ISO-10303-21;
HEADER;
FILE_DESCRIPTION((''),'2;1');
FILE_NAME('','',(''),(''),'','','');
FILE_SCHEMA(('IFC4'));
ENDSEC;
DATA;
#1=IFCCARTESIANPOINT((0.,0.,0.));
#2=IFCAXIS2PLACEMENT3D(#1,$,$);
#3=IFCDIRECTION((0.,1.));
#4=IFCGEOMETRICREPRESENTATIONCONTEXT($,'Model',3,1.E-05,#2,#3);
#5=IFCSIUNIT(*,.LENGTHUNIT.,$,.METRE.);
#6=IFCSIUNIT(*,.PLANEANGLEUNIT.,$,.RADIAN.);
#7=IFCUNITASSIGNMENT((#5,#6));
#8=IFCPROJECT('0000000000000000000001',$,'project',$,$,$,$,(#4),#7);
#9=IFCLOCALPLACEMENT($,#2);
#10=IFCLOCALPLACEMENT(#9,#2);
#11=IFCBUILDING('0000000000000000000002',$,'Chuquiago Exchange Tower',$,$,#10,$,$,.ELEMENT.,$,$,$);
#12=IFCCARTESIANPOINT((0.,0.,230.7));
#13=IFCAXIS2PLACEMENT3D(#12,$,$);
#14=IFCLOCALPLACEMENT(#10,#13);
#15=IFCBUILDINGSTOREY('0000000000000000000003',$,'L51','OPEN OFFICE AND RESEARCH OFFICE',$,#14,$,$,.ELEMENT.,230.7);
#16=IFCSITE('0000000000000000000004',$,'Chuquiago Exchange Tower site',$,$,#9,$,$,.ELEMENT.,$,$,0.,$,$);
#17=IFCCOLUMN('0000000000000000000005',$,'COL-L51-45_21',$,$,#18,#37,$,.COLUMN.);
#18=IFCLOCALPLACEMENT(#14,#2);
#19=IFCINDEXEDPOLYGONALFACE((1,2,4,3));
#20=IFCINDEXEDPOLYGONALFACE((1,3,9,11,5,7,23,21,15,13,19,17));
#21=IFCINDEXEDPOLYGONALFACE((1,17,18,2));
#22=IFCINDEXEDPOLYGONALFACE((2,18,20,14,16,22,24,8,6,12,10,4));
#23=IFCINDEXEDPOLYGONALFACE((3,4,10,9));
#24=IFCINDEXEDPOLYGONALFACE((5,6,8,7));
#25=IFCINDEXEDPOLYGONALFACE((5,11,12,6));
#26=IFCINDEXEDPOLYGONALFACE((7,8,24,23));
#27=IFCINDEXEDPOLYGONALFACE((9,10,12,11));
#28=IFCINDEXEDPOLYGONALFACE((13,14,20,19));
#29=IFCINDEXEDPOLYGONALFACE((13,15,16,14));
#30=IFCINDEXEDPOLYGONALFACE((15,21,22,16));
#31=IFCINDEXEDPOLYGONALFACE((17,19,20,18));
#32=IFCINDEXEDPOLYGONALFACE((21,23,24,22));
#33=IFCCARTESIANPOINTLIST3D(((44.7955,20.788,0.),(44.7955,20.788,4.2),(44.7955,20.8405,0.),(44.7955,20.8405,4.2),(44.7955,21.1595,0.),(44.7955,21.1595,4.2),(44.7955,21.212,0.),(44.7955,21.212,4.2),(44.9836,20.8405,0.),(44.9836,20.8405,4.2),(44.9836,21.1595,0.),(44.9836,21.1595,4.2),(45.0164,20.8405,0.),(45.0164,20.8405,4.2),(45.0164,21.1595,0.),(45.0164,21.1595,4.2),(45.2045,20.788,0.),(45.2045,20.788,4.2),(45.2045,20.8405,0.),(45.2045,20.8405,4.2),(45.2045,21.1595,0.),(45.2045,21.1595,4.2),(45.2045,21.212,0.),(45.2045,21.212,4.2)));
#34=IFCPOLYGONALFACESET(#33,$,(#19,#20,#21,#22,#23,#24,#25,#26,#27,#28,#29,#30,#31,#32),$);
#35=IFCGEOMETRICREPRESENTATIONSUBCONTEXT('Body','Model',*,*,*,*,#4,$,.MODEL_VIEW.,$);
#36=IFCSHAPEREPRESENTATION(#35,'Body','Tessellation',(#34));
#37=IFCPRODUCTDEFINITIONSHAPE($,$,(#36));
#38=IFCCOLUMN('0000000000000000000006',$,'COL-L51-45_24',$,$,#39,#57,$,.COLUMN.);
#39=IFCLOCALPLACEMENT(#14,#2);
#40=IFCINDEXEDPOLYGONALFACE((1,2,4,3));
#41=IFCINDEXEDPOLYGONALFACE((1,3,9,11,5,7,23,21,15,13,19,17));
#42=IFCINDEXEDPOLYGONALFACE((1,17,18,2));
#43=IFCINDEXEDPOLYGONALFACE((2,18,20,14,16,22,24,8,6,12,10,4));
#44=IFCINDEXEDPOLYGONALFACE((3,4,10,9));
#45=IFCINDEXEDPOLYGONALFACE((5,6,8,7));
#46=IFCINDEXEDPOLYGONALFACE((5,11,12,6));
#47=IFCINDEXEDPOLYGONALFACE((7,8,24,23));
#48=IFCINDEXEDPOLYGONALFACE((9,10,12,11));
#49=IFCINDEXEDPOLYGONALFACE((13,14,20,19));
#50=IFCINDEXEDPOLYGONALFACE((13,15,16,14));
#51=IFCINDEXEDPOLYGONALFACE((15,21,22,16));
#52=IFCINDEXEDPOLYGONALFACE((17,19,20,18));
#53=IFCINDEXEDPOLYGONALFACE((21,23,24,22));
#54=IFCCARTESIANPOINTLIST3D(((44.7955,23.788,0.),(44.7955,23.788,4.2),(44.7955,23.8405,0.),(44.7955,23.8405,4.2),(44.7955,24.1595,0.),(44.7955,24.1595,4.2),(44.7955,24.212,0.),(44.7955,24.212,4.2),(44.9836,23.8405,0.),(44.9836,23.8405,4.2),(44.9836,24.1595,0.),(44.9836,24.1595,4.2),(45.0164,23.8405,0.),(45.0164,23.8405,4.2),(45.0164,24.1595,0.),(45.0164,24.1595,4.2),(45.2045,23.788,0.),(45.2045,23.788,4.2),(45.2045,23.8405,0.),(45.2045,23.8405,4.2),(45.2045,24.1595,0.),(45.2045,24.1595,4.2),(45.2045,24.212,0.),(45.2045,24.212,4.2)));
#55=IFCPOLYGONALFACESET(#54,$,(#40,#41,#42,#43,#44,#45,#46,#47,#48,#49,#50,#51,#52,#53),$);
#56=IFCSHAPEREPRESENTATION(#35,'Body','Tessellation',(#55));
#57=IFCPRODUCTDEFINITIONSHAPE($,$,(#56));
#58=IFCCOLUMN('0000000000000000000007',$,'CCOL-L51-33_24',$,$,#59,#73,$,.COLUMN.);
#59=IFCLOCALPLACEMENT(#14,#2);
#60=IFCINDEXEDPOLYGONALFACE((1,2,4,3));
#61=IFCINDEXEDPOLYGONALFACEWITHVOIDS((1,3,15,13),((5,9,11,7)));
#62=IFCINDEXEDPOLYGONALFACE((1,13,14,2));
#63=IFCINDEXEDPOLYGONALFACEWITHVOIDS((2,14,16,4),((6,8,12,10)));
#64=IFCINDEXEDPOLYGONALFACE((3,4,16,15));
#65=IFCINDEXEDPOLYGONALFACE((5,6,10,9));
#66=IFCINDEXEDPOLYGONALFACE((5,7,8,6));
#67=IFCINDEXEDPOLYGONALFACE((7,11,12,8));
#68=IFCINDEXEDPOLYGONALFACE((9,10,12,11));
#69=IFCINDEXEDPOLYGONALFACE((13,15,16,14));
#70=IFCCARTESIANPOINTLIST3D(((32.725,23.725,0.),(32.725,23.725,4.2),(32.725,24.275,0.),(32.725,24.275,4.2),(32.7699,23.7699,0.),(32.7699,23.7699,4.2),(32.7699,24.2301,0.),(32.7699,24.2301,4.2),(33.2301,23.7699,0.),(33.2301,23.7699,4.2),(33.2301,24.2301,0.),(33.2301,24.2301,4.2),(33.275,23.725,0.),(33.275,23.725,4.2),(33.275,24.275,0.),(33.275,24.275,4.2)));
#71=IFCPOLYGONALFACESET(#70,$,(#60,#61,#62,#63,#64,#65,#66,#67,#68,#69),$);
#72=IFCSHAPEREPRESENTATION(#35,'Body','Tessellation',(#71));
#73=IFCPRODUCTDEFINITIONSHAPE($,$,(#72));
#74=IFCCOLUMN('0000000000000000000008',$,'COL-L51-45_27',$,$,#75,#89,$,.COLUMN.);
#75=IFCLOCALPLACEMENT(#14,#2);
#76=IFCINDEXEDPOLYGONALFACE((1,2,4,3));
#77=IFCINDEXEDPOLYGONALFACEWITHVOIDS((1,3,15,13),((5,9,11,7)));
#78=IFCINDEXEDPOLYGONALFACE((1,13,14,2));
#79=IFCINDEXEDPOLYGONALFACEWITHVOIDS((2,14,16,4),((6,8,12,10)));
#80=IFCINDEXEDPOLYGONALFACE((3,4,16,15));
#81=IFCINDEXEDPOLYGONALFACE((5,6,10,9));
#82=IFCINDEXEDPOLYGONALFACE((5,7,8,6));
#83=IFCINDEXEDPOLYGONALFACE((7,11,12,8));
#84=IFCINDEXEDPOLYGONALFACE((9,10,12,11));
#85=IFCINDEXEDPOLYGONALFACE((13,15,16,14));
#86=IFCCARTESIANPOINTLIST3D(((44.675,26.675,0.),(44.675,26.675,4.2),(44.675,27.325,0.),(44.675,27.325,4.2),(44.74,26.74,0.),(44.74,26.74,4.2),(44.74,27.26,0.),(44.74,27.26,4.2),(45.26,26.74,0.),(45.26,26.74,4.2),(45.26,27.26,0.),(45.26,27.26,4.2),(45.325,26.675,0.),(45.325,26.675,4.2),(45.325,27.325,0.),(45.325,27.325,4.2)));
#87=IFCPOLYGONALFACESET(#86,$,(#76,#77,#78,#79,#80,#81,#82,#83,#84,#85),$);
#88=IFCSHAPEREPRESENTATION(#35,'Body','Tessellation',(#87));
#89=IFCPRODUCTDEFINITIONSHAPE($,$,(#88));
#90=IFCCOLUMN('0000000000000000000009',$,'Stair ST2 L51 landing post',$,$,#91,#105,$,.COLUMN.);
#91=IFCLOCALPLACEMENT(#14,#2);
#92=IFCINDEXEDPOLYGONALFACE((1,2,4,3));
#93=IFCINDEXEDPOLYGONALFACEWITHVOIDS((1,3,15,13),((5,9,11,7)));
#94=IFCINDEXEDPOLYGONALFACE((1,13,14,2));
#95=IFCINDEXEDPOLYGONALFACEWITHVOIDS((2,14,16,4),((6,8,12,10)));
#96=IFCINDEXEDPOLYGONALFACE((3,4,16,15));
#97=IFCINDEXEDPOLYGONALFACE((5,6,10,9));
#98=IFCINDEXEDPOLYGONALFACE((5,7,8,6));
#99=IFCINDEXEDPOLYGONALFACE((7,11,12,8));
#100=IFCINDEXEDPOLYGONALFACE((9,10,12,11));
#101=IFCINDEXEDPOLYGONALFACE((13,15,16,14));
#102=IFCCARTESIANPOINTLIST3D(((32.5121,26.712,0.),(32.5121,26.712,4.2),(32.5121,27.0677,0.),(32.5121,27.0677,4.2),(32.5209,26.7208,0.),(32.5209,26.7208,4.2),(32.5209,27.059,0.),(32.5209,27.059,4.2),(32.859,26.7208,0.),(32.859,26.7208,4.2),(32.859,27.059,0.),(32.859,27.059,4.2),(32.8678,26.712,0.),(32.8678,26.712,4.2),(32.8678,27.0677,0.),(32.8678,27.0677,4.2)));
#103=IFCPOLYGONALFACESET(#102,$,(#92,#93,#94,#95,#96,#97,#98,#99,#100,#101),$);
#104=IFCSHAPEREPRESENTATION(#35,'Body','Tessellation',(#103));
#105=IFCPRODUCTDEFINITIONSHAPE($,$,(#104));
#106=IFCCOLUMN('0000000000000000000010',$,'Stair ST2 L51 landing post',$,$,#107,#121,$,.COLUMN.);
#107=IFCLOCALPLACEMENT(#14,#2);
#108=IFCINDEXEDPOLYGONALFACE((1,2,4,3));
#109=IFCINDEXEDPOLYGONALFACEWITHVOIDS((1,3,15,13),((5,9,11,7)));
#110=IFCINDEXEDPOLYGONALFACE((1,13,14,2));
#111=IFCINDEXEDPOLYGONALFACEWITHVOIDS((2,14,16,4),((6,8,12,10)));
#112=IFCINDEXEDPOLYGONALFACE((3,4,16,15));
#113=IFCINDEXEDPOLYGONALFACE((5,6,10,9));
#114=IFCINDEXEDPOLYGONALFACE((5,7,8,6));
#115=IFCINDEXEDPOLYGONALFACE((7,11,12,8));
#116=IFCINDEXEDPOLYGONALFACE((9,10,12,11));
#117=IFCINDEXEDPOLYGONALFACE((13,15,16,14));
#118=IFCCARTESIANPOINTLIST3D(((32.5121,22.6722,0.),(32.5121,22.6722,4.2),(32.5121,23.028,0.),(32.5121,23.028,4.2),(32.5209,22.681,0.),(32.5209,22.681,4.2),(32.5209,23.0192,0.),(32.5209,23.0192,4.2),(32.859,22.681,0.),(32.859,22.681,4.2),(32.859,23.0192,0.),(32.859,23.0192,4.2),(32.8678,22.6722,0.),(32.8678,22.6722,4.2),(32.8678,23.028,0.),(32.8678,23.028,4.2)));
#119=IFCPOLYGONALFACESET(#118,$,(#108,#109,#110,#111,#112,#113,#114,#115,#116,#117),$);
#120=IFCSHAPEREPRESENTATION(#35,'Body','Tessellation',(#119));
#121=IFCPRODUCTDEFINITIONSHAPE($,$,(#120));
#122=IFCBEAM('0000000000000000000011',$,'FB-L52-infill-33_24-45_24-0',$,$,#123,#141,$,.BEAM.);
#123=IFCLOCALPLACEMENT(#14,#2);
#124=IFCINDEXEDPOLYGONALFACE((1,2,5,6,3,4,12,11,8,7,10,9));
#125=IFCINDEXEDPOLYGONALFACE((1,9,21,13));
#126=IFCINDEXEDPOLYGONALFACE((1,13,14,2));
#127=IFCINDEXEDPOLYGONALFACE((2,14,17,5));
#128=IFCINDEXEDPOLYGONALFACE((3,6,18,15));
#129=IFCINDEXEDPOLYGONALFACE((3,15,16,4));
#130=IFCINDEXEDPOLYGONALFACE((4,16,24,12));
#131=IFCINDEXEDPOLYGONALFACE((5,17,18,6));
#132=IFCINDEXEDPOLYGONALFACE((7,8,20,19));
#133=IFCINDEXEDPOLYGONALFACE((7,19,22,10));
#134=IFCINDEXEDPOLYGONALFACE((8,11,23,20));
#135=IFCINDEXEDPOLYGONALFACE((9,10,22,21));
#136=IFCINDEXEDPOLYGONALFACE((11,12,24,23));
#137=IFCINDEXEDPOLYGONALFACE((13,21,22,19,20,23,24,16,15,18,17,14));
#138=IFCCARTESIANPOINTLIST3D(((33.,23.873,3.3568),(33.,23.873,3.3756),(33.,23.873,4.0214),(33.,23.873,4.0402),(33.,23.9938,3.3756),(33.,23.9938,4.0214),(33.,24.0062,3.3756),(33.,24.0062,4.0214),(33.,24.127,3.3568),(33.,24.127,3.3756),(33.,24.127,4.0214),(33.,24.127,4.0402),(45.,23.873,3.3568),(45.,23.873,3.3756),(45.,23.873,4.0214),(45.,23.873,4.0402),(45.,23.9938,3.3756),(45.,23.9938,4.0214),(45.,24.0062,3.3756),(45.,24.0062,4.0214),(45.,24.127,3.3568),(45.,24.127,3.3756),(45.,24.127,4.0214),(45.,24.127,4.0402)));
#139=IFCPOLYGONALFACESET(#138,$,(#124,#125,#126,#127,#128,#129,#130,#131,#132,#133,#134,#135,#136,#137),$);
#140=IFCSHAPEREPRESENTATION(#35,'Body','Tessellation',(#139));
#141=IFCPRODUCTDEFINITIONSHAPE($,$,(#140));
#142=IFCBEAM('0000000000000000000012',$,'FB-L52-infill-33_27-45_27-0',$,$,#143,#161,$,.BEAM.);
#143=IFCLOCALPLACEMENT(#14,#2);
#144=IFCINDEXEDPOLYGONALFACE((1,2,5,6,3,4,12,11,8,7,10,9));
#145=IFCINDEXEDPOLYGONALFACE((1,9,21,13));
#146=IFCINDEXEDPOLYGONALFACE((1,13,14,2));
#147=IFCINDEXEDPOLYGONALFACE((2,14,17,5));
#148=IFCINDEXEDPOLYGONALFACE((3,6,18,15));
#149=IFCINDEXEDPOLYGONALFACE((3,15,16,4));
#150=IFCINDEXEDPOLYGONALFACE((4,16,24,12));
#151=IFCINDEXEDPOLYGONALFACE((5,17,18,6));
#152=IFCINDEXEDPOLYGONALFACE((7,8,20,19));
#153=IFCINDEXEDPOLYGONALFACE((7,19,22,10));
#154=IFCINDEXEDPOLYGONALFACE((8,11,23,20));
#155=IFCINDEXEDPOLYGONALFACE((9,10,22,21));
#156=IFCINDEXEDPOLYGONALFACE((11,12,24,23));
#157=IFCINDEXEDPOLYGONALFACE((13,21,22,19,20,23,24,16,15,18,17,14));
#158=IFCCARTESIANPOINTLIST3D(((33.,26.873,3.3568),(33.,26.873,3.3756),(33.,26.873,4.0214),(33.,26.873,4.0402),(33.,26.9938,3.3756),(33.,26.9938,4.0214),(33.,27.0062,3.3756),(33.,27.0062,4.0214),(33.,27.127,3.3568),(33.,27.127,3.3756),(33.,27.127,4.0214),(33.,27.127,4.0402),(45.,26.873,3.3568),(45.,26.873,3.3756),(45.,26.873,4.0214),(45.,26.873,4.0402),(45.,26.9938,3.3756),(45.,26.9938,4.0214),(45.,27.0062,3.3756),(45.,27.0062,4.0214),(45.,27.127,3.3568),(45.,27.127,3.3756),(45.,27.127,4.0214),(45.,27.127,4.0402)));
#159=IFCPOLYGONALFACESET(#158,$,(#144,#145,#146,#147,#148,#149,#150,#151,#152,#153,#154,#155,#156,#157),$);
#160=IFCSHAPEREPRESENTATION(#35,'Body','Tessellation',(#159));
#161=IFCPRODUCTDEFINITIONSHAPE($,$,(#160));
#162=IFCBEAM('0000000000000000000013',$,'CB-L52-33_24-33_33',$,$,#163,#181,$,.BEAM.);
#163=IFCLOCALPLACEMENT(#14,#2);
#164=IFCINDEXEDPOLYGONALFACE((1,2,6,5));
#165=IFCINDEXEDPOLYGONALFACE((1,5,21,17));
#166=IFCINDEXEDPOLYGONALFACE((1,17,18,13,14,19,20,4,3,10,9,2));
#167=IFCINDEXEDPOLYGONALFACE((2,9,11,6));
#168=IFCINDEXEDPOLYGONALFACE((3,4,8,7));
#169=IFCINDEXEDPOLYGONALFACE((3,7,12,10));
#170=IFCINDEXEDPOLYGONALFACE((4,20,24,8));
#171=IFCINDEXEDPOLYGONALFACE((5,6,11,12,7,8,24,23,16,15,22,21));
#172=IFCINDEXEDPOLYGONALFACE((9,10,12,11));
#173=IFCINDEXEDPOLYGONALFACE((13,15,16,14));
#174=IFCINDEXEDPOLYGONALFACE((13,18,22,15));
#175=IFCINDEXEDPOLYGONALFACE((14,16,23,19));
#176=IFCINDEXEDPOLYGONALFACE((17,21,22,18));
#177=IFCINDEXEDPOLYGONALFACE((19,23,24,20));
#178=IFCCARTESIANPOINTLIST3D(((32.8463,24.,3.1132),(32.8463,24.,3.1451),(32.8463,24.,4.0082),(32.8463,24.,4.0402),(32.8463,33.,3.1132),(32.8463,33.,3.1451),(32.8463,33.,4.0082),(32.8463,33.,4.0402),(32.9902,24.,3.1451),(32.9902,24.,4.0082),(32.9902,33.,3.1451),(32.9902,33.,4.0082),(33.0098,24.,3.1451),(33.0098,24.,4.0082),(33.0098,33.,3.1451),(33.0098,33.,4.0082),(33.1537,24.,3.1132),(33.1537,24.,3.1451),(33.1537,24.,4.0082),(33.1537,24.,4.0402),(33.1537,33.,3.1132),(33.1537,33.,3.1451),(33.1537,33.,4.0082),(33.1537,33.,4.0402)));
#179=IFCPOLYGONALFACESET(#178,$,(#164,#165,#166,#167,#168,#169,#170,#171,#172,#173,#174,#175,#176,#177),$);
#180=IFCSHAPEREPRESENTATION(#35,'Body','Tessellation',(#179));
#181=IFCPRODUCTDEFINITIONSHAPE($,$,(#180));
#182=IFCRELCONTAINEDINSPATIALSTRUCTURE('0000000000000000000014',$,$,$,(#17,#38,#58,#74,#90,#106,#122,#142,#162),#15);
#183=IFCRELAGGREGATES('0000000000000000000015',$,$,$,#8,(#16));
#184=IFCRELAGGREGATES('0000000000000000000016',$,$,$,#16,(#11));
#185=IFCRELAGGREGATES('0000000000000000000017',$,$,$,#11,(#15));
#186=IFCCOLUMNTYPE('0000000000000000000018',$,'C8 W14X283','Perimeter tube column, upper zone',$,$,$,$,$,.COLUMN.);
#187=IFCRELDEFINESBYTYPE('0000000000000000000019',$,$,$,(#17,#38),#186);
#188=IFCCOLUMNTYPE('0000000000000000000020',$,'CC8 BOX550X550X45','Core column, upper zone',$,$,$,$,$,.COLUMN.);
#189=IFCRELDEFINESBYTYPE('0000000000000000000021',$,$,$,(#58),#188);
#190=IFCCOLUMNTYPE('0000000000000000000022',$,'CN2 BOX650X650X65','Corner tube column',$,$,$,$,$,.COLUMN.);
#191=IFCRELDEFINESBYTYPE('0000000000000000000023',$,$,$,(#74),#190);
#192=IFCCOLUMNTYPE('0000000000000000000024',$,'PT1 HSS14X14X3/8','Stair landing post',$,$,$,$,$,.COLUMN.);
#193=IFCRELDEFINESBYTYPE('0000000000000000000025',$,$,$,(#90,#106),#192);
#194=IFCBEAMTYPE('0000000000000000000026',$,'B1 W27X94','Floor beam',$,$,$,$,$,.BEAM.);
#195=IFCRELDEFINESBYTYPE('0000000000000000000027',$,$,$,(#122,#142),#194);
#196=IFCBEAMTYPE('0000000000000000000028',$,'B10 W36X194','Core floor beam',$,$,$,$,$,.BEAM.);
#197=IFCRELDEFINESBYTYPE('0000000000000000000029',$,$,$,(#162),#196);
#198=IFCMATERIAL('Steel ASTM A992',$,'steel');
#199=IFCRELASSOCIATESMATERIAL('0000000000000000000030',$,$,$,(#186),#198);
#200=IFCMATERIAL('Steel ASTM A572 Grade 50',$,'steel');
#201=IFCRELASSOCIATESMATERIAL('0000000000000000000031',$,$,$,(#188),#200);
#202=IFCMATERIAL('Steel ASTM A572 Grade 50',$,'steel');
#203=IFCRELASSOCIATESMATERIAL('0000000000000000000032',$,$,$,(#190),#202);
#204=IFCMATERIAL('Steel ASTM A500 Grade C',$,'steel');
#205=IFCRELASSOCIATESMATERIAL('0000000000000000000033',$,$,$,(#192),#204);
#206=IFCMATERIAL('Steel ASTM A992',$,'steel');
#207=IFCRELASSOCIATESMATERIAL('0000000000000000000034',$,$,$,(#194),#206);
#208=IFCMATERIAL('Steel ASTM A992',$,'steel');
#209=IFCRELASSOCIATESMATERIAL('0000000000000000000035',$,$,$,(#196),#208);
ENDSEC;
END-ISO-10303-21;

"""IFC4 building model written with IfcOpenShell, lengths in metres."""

from ifc_helpers import new_model, si_unit, direction, frame, origin, origin_2d, place, context, subcontext, project, spatial, hollow_rectangle, i_section, extrude, material, material_profile, profile_set, type_object, element, save


model = new_model("IFC4")

# Units and contexts
model_context = context("Model", 3, precision=1e-05, world=origin(), true_north=direction((0.0, 1.0)))
body_context = subcontext(model_context, "Body", "Model", "MODEL_VIEW")
ifc_project = project(units=[si_unit("LENGTHUNIT", "METRE"), si_unit("PLANEANGLEUNIT", "RADIAN")], contexts=[model_context])

# Site, building, storey
site_placement = place(None, origin())
site = spatial("IfcSite", under=ifc_project, at=site_placement, Name="Chuquiago Exchange Tower site", CompositionType="ELEMENT", RefElevation=0.0)
building_placement = place(site_placement, origin())
building = spatial("IfcBuilding", under=site, at=building_placement, Name="Chuquiago Exchange Tower", CompositionType="ELEMENT")
storey_placement = place(building_placement, frame((0.0, 0.0, 230.7)))
storey = spatial("IfcBuildingStorey", under=building, at=storey_placement, Name="L51", Description="OPEN OFFICE AND RESEARCH OFFICE", CompositionType="ELEMENT", Elevation=230.7)

# Columns
ifc_material_1 = material(Name="Steel ASTM A992", Category="steel")
ifc_material_profile_1 = material_profile(ifc_material_1, i_section(OverallWidth=0.4089, OverallDepth=0.4241, WebThickness=0.0327, FlangeThickness=0.0525, at=origin_2d()), Name="W14X283")
ifc_profile_set_1 = profile_set([ifc_material_profile_1], Name="Steel ASTM A992")
column_type_1 = type_object("IfcColumnType", Name="C8 W14X283", Description="Perimeter tube column, upper zone", PredefinedType="COLUMN", material=ifc_profile_set_1)
for number, where, z_axis, x_axis, name in (
    (1, (45.0, 21.0, 0.0), (0.0, 0.0, 1.0), (1.0, 0.0, 0.0), "COL-L51-45_21"),
    (2, (45.0, 24.0, 0.0), (0.0, 0.0, 1.0), (1.0, 0.0, 0.0), "COL-L51-45_24"),
):
    element("IfcColumn", number, at=place(storey_placement, frame(where, z_axis=z_axis, x_axis=x_axis)), inside=storey, type_object=column_type_1, Name=name, PredefinedType="COLUMN", context=body_context, shape_type="SweptSolid", body=[
        extrude(i_section(OverallWidth=0.4089, OverallDepth=0.4241, WebThickness=0.0327, FlangeThickness=0.0525, at=origin_2d()), origin(), (0.0, 0.0, 1.0), 4.2),
    ])
ifc_material_2 = material(Name="Steel ASTM A572 Grade 50", Category="steel")
ifc_material_profile_2 = material_profile(ifc_material_2, hollow_rectangle(XDim=0.55, YDim=0.55, WallThickness=0.0449, at=origin_2d()), Name="BOX550X550X45")
ifc_profile_set_2 = profile_set([ifc_material_profile_2], Name="Steel ASTM A572 Grade 50")
column_type_2 = type_object("IfcColumnType", Name="CC8 BOX550X550X45", Description="Core column, upper zone", PredefinedType="COLUMN", material=ifc_profile_set_2)
column_1_placement = place(storey_placement, frame((33.0, 24.0, 0.0), z_axis=(0.0, 0.0, 1.0), x_axis=(1.0, 0.0, 0.0)))
element("IfcColumn", 3, at=column_1_placement, inside=storey, type_object=column_type_2, Name="CCOL-L51-33_24", PredefinedType="COLUMN", context=body_context, shape_type="SweptSolid", body=[
    extrude(hollow_rectangle(XDim=0.55, YDim=0.55, WallThickness=0.0449, at=origin_2d()), origin(), (0.0, 0.0, 1.0), 4.2),
])
ifc_material_3 = material(Name="Steel ASTM A572 Grade 50", Category="steel")
ifc_material_profile_3 = material_profile(ifc_material_3, hollow_rectangle(XDim=0.6499, YDim=0.6499, WallThickness=0.0649, at=origin_2d()), Name="BOX650X650X65")
ifc_profile_set_3 = profile_set([ifc_material_profile_3], Name="Steel ASTM A572 Grade 50")
column_type_3 = type_object("IfcColumnType", Name="CN2 BOX650X650X65", Description="Corner tube column", PredefinedType="COLUMN", material=ifc_profile_set_3)
column_2_placement = place(storey_placement, frame((45.0, 27.0, 0.0), z_axis=(0.0, 0.0, 1.0), x_axis=(1.0, 0.0, 0.0)))
element("IfcColumn", 4, at=column_2_placement, inside=storey, type_object=column_type_3, Name="COL-L51-45_27", PredefinedType="COLUMN", context=body_context, shape_type="SweptSolid", body=[
    extrude(hollow_rectangle(XDim=0.6499, YDim=0.6499, WallThickness=0.0649, at=origin_2d()), origin(), (0.0, 0.0, 1.0), 4.2),
])
ifc_material_4 = material(Name="Steel ASTM A500 Grade C", Category="steel")
ifc_material_profile_4 = material_profile(ifc_material_4, hollow_rectangle(XDim=0.3557, YDim=0.3557, WallThickness=0.0088, at=origin_2d()), Name="HSS14X14X3/8")
ifc_profile_set_4 = profile_set([ifc_material_profile_4], Name="Steel ASTM A500 Grade C")
column_type_4 = type_object("IfcColumnType", Name="PT1 HSS14X14X3/8", Description="Stair landing post", PredefinedType="COLUMN", material=ifc_profile_set_4)
for number, where, z_axis, x_axis, name in (
    (5, (32.6899, 26.8899, 0.0), (0.0, 0.0, 1.0), (1.0, 0.0, 0.0), "Stair ST2 L51 landing post"),
    (6, (32.6899, 22.8501, 0.0), (0.0, 0.0, 1.0), (1.0, 0.0, 0.0), "Stair ST2 L51 landing post"),
):
    element("IfcColumn", number, at=place(storey_placement, frame(where, z_axis=z_axis, x_axis=x_axis)), inside=storey, type_object=column_type_4, Name=name, PredefinedType="COLUMN", context=body_context, shape_type="SweptSolid", body=[
        extrude(hollow_rectangle(XDim=0.3557, YDim=0.3557, WallThickness=0.0088, at=origin_2d()), origin(), (0.0, 0.0, 1.0), 4.2),
    ])

# Beams
ifc_material_5 = material(Name="Steel ASTM A992", Category="steel")
ifc_material_profile_5 = material_profile(ifc_material_5, i_section(OverallWidth=0.2539, OverallDepth=0.6833, WebThickness=0.0125, FlangeThickness=0.0188, at=origin_2d()), Name="W27X94")
ifc_profile_set_5 = profile_set([ifc_material_profile_5], Name="Steel ASTM A992")
beam_type_1 = type_object("IfcBeamType", Name="B1 W27X94", Description="Floor beam", PredefinedType="BEAM", material=ifc_profile_set_5)
for number, where, z_axis, x_axis, name in (
    (7, (33.0, 24.0, 3.6985), (1.0, 0.0, 0.0), (0.0, 1.0, 0.0), "FB-L52-infill-33_24-45_24-0"),
    (8, (33.0, 27.0, 3.6985), (1.0, 0.0, 0.0), (0.0, 1.0, 0.0), "FB-L52-infill-33_27-45_27-0"),
):
    element("IfcBeam", number, at=place(storey_placement, frame(where, z_axis=z_axis, x_axis=x_axis)), inside=storey, type_object=beam_type_1, Name=name, PredefinedType="BEAM", context=body_context, shape_type="SweptSolid", body=[
        extrude(i_section(OverallWidth=0.2539, OverallDepth=0.6833, WebThickness=0.0125, FlangeThickness=0.0188, at=origin_2d()), origin(), (0.0, 0.0, 1.0), 12.0),
    ])
ifc_material_6 = material(Name="Steel ASTM A992", Category="steel")
ifc_material_profile_6 = material_profile(ifc_material_6, i_section(OverallWidth=0.3074, OverallDepth=0.927, WebThickness=0.0195, FlangeThickness=0.032, at=origin_2d()), Name="W36X194")
ifc_profile_set_6 = profile_set([ifc_material_profile_6], Name="Steel ASTM A992")
beam_type_2 = type_object("IfcBeamType", Name="B10 W36X194", Description="Core floor beam", PredefinedType="BEAM", material=ifc_profile_set_6)
beam_1_placement = place(storey_placement, frame((33.0, 24.0, 3.5767), z_axis=(0.0, 1.0, 0.0), x_axis=(-1.0, 0.0, 0.0)))
element("IfcBeam", 9, at=beam_1_placement, inside=storey, type_object=beam_type_2, Name="CB-L52-33_24-33_33", PredefinedType="BEAM", context=body_context, shape_type="SweptSolid", body=[
    extrude(i_section(OverallWidth=0.3074, OverallDepth=0.927, WebThickness=0.0195, FlangeThickness=0.032, at=origin_2d()), origin(), (0.0, 0.0, 1.0), 9.0),
])

save(model, "model.ifc")
